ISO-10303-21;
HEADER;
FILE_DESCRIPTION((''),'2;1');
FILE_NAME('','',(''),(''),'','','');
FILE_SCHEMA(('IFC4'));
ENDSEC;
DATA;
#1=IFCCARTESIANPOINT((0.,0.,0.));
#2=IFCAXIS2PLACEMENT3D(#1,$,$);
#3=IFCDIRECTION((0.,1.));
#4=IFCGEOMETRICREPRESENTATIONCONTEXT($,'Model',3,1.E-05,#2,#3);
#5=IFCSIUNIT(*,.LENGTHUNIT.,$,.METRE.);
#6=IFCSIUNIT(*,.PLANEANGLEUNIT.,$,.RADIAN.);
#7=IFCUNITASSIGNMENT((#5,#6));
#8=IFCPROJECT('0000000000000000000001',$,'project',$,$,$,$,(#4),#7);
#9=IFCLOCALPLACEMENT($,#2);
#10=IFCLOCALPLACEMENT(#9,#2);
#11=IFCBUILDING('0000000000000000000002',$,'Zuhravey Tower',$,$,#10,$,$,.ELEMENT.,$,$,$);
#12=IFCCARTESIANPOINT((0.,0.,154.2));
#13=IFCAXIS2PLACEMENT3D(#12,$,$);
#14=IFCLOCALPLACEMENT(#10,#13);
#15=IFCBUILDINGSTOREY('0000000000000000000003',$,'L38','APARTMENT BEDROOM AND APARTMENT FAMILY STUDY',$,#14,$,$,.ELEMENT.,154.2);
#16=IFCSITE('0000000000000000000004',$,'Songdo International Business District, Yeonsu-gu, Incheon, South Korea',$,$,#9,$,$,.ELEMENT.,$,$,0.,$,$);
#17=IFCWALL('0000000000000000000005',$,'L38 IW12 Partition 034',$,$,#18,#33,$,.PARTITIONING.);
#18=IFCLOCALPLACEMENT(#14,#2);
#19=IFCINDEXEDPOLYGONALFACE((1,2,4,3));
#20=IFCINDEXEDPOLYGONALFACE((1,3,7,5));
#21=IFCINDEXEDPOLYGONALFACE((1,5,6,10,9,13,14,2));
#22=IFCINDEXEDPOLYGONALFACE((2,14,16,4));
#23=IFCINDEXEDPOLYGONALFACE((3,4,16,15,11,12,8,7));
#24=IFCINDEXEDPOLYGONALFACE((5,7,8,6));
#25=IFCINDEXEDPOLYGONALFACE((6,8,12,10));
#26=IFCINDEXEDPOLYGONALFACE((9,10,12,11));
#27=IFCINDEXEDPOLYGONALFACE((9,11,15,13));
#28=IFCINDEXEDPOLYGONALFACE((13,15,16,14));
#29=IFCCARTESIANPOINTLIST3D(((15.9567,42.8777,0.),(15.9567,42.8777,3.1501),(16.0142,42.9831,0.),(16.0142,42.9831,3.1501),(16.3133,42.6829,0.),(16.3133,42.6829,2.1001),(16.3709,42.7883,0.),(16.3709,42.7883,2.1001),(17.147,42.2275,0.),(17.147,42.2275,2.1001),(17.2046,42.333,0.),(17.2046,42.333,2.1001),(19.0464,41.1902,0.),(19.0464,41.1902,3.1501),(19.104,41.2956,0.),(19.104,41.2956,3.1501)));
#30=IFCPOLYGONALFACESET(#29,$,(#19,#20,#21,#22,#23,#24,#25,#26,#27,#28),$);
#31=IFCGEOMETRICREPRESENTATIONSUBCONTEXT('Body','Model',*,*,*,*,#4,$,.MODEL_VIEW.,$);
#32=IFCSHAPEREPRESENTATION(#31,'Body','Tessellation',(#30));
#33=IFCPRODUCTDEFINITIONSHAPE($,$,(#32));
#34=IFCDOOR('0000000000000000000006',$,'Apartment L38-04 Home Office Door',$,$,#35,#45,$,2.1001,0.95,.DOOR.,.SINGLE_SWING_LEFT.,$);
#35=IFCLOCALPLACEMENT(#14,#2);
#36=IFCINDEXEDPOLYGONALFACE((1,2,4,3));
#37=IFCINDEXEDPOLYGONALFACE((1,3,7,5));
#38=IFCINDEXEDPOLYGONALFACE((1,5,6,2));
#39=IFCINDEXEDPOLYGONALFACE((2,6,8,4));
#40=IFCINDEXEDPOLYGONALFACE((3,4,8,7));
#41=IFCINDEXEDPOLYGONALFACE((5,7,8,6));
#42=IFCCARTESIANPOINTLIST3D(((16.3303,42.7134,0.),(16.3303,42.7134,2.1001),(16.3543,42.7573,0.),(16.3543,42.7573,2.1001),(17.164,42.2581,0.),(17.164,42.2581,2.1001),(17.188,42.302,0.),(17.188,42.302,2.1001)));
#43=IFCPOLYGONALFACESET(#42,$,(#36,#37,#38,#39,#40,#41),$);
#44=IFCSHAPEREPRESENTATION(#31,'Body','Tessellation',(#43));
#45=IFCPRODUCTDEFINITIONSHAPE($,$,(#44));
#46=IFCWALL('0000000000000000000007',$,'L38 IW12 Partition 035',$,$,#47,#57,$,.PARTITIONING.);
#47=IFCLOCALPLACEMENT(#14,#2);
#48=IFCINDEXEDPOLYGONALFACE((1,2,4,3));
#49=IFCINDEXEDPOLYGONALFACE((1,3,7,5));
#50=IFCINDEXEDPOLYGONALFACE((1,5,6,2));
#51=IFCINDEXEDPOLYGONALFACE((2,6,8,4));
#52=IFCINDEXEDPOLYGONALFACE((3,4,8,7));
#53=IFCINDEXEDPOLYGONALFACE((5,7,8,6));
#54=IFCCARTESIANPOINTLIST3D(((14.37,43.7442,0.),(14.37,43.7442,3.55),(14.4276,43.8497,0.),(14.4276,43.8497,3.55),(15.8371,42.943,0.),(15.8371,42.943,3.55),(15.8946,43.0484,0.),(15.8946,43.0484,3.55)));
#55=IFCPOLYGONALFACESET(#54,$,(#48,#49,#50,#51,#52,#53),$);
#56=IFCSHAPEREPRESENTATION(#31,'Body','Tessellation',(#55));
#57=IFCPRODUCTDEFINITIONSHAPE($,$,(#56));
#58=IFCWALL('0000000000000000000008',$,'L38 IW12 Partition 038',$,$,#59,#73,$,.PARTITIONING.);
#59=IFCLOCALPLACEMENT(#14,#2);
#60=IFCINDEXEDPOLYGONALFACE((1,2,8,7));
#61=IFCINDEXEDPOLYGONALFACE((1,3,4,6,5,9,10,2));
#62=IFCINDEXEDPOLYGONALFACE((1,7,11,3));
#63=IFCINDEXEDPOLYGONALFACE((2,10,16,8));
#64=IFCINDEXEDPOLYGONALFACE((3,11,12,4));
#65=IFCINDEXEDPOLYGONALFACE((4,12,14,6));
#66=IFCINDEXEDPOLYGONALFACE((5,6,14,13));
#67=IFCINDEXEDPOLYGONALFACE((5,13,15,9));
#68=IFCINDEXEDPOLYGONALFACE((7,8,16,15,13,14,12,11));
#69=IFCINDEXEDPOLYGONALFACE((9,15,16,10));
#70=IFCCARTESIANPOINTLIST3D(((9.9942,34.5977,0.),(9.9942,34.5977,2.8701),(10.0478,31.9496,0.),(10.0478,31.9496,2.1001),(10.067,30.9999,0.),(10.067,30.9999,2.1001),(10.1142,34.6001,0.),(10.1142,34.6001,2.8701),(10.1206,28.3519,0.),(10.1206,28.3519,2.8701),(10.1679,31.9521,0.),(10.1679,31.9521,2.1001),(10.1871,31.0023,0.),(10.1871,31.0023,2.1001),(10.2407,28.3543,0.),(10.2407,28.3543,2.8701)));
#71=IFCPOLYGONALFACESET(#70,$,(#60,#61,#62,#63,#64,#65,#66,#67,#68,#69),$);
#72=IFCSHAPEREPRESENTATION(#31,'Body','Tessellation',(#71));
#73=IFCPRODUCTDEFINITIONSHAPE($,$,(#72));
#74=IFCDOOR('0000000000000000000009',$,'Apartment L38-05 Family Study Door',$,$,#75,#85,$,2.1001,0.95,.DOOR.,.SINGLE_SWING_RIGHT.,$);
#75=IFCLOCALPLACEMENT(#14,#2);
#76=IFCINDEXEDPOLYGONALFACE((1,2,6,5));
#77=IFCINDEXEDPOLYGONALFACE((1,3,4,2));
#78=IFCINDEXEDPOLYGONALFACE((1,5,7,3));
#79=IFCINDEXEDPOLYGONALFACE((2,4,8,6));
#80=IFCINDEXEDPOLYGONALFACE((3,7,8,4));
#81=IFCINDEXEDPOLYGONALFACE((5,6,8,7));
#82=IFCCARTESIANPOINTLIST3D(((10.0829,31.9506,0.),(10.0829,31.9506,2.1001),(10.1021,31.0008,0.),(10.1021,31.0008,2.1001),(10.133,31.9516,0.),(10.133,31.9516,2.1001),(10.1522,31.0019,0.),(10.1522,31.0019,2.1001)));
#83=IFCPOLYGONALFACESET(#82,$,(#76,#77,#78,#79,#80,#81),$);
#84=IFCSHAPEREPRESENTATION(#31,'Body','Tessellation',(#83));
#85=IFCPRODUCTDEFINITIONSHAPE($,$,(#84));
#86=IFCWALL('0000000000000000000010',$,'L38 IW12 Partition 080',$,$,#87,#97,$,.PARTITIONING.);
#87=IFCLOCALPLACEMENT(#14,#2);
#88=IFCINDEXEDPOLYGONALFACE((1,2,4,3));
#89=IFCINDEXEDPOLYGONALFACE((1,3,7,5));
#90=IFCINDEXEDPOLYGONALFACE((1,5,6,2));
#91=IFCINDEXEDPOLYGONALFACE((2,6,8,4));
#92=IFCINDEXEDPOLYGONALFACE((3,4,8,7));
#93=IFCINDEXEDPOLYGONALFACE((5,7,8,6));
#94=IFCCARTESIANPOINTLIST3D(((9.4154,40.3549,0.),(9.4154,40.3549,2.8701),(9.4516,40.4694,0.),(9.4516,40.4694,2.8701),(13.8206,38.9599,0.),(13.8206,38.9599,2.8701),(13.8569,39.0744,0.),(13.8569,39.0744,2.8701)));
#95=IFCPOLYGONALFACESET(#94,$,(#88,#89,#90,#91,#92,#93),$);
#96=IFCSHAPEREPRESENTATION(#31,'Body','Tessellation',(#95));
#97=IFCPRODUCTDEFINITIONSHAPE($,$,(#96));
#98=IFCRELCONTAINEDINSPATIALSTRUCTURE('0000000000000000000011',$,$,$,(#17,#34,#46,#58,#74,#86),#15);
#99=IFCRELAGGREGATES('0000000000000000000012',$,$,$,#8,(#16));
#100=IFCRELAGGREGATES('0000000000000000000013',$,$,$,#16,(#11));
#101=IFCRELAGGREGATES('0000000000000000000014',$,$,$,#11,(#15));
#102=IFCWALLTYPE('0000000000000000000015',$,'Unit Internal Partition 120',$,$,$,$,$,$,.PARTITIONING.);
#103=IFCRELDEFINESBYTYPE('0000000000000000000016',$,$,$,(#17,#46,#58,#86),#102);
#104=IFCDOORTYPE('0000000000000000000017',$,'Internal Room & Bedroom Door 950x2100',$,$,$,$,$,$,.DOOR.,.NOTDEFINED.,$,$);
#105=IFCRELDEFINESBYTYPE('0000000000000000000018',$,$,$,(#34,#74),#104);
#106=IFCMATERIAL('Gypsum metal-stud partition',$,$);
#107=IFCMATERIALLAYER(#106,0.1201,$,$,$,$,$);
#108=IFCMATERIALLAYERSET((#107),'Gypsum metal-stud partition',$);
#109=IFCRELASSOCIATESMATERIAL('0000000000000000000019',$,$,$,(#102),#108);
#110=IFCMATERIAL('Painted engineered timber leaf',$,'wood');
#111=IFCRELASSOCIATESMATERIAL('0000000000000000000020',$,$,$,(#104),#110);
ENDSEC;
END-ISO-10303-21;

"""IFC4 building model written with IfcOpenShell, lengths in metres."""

from ifc_helpers import new_model, si_unit, direction, frame, frame_2d, origin, place, context, subcontext, project, spatial, rectangle, extrude, material, layer, layer_set, type_object, element, fill, save


model = new_model("IFC4")

# Units and contexts
model_context = context("Model", 3, precision=1e-05, world=origin(), true_north=direction((0.0, 1.0)))
body_context = subcontext(model_context, "Body", "Model", "MODEL_VIEW")
ifc_project = project(units=[si_unit("LENGTHUNIT", "METRE"), si_unit("PLANEANGLEUNIT", "RADIAN")], contexts=[model_context])

# Site, building, storey
site_placement = place(None, origin())
site = spatial("IfcSite", under=ifc_project, at=site_placement, Name="Songdo International Business District, Yeonsu-gu, Incheon, South Korea", CompositionType="ELEMENT", RefElevation=0.0)
building_placement = place(site_placement, origin())
building = spatial("IfcBuilding", under=site, at=building_placement, Name="Zuhravey Tower", CompositionType="ELEMENT")
storey_placement = place(building_placement, frame((0.0, 0.0, 154.2)))
storey = spatial("IfcBuildingStorey", under=building, at=storey_placement, Name="L38", Description="APARTMENT BEDROOM AND APARTMENT FAMILY STUDY", CompositionType="ELEMENT", Elevation=154.2)

# Shared definitions
ifc_material_1 = material(Name="Gypsum metal-stud partition")
ifc_layer_1 = layer(ifc_material_1, 0.1201)
ifc_layer_set_1 = layer_set([ifc_layer_1], Name="Gypsum metal-stud partition")
wall_type_1 = type_object("IfcWallType", Name="Unit Internal Partition 120", PredefinedType="PARTITIONING", material=ifc_layer_set_1)
ifc_material_2 = material(Name="Painted engineered timber leaf", Category="wood")
door_type_1 = type_object("IfcDoorType", Name="Internal Room & Bedroom Door 950x2100", OperationType="NOTDEFINED", PredefinedType="DOOR", material=ifc_material_2)

# Wall, opening, door
wall_1_placement = place(storey_placement, frame((19.0752, 41.2429, 0.0), z_axis=(0.0, 0.0, 1.0), x_axis=(-0.877641, 0.479318, 0.0)))
wall_1 = element("IfcWall", 1, at=wall_1_placement, inside=storey, type_object=wall_type_1, Name="L38 IW12 Partition 034", PredefinedType="PARTITIONING", context=body_context, shape_type="SweptSolid", body=[
    extrude(rectangle(XDim=3.5205, YDim=0.1201, at=frame_2d((1.7603, 0.0))), origin(), (0.0, 0.0, 1.0), 3.1501),
])
opening_1_placement = place(wall_1_placement, frame((2.1641, 0.0, 0.0)))
opening_1 = element("IfcOpeningElement", 2, at=opening_1_placement, cuts=wall_1, PredefinedType="OPENING", context=body_context, shape_type="SweptSolid", body=[
    extrude(rectangle(XDim=0.95, YDim=2.1001, at=frame_2d((0.4751, 1.05))), frame((0.0, 0.072, 0.0), z_axis=(0.0, -1.0, 0.0), x_axis=(1.0, 0.0, 0.0)), (0.0, 0.0, 1.0), 0.144),
])
door_1_placement = place(opening_1_placement, frame((0.95, 0.0, 0.0), z_axis=(0.0, 0.0, 1.0), x_axis=(-1.0, 0.0, 0.0)))
door_1 = element("IfcDoor", 3, at=door_1_placement, inside=storey, type_object=door_type_1, Name="Apartment L38-04 Home Office Door", OperationType="SINGLE_SWING_LEFT", OverallHeight=2.1001, OverallWidth=0.95, PredefinedType="DOOR", context=body_context, shape_type="SweptSolid", body=[
    extrude(rectangle(XDim=0.95, YDim=2.1001, at=frame_2d((0.4751, 1.05))), frame((0.0, 0.0249, 0.0), z_axis=(0.0, -1.0, 0.0), x_axis=(1.0, 0.0, 0.0)), (0.0, 0.0, 1.0), 0.05),
])
fill(opening_1, door_1)

# Wall
wall_2_placement = place(storey_placement, frame((15.866, 42.9956, 0.0), z_axis=(0.0, 0.0, 1.0), x_axis=(-0.877628, 0.479343, 0.0)))
element("IfcWall", 4, at=wall_2_placement, inside=storey, type_object=wall_type_1, Name="L38 IW12 Partition 035", PredefinedType="PARTITIONING", context=body_context, shape_type="SweptSolid", body=[
    extrude(rectangle(XDim=1.6716, YDim=0.1201, at=frame_2d((0.8359, 0.0))), origin(), (0.0, 0.0, 1.0), 3.55),
])

# Wall, opening, door
wall_3_placement = place(storey_placement, frame((10.0542, 34.5989, 0.0), z_axis=(0.0, 0.0, 1.0), x_axis=(0.020244, -0.999795, 0.0)))
wall_3 = element("IfcWall", 5, at=wall_3_placement, inside=storey, type_object=wall_type_1, Name="L38 IW12 Partition 038", PredefinedType="PARTITIONING", context=body_context, shape_type="SweptSolid", body=[
    extrude(rectangle(XDim=6.2471, YDim=0.1201, at=frame_2d((3.1235, 0.0))), origin(), (0.0, 0.0, 1.0), 2.8701),
])
opening_2_placement = place(wall_3_placement, frame((2.6484, 0.0, 0.0)))
opening_2 = element("IfcOpeningElement", 6, at=opening_2_placement, cuts=wall_3, PredefinedType="OPENING", context=body_context, shape_type="SweptSolid", body=[
    extrude(rectangle(XDim=0.95, YDim=2.1001, at=frame_2d((0.4751, 1.05))), frame((0.0, 0.072, 0.0), z_axis=(0.0, -1.0, 0.0), x_axis=(1.0, 0.0, 0.0)), (0.0, 0.0, 1.0), 0.144),
])
door_2_placement = place(opening_2_placement, frame((0.95, 0.0, 0.0), z_axis=(0.0, 0.0, 1.0), x_axis=(-1.0, 0.0, 0.0)))
door_2 = element("IfcDoor", 7, at=door_2_placement, inside=storey, type_object=door_type_1, Name="Apartment L38-05 Family Study Door", OperationType="SINGLE_SWING_RIGHT", OverallHeight=2.1001, OverallWidth=0.95, PredefinedType="DOOR", context=body_context, shape_type="SweptSolid", body=[
    extrude(rectangle(XDim=0.95, YDim=2.1001, at=frame_2d((0.4751, 1.05))), frame((0.0, 0.0249, 0.0), z_axis=(0.0, -1.0, 0.0), x_axis=(1.0, 0.0, 0.0)), (0.0, 0.0, 1.0), 0.05),
])
fill(opening_2, door_2)

# Wall
wall_4_placement = place(storey_placement, frame((13.8389, 39.0171, 0.0), z_axis=(0.0, 0.0, 1.0), x_axis=(-0.953341, 0.301895, 0.0)))
element("IfcWall", 8, at=wall_4_placement, inside=storey, type_object=wall_type_1, Name="L38 IW12 Partition 080", PredefinedType="PARTITIONING", context=body_context, shape_type="SweptSolid", body=[
    extrude(rectangle(XDim=4.6208, YDim=0.1201, at=frame_2d((2.3105, 0.0))), origin(), (0.0, 0.0, 1.0), 2.8701),
])

save(model, "model.ifc")
